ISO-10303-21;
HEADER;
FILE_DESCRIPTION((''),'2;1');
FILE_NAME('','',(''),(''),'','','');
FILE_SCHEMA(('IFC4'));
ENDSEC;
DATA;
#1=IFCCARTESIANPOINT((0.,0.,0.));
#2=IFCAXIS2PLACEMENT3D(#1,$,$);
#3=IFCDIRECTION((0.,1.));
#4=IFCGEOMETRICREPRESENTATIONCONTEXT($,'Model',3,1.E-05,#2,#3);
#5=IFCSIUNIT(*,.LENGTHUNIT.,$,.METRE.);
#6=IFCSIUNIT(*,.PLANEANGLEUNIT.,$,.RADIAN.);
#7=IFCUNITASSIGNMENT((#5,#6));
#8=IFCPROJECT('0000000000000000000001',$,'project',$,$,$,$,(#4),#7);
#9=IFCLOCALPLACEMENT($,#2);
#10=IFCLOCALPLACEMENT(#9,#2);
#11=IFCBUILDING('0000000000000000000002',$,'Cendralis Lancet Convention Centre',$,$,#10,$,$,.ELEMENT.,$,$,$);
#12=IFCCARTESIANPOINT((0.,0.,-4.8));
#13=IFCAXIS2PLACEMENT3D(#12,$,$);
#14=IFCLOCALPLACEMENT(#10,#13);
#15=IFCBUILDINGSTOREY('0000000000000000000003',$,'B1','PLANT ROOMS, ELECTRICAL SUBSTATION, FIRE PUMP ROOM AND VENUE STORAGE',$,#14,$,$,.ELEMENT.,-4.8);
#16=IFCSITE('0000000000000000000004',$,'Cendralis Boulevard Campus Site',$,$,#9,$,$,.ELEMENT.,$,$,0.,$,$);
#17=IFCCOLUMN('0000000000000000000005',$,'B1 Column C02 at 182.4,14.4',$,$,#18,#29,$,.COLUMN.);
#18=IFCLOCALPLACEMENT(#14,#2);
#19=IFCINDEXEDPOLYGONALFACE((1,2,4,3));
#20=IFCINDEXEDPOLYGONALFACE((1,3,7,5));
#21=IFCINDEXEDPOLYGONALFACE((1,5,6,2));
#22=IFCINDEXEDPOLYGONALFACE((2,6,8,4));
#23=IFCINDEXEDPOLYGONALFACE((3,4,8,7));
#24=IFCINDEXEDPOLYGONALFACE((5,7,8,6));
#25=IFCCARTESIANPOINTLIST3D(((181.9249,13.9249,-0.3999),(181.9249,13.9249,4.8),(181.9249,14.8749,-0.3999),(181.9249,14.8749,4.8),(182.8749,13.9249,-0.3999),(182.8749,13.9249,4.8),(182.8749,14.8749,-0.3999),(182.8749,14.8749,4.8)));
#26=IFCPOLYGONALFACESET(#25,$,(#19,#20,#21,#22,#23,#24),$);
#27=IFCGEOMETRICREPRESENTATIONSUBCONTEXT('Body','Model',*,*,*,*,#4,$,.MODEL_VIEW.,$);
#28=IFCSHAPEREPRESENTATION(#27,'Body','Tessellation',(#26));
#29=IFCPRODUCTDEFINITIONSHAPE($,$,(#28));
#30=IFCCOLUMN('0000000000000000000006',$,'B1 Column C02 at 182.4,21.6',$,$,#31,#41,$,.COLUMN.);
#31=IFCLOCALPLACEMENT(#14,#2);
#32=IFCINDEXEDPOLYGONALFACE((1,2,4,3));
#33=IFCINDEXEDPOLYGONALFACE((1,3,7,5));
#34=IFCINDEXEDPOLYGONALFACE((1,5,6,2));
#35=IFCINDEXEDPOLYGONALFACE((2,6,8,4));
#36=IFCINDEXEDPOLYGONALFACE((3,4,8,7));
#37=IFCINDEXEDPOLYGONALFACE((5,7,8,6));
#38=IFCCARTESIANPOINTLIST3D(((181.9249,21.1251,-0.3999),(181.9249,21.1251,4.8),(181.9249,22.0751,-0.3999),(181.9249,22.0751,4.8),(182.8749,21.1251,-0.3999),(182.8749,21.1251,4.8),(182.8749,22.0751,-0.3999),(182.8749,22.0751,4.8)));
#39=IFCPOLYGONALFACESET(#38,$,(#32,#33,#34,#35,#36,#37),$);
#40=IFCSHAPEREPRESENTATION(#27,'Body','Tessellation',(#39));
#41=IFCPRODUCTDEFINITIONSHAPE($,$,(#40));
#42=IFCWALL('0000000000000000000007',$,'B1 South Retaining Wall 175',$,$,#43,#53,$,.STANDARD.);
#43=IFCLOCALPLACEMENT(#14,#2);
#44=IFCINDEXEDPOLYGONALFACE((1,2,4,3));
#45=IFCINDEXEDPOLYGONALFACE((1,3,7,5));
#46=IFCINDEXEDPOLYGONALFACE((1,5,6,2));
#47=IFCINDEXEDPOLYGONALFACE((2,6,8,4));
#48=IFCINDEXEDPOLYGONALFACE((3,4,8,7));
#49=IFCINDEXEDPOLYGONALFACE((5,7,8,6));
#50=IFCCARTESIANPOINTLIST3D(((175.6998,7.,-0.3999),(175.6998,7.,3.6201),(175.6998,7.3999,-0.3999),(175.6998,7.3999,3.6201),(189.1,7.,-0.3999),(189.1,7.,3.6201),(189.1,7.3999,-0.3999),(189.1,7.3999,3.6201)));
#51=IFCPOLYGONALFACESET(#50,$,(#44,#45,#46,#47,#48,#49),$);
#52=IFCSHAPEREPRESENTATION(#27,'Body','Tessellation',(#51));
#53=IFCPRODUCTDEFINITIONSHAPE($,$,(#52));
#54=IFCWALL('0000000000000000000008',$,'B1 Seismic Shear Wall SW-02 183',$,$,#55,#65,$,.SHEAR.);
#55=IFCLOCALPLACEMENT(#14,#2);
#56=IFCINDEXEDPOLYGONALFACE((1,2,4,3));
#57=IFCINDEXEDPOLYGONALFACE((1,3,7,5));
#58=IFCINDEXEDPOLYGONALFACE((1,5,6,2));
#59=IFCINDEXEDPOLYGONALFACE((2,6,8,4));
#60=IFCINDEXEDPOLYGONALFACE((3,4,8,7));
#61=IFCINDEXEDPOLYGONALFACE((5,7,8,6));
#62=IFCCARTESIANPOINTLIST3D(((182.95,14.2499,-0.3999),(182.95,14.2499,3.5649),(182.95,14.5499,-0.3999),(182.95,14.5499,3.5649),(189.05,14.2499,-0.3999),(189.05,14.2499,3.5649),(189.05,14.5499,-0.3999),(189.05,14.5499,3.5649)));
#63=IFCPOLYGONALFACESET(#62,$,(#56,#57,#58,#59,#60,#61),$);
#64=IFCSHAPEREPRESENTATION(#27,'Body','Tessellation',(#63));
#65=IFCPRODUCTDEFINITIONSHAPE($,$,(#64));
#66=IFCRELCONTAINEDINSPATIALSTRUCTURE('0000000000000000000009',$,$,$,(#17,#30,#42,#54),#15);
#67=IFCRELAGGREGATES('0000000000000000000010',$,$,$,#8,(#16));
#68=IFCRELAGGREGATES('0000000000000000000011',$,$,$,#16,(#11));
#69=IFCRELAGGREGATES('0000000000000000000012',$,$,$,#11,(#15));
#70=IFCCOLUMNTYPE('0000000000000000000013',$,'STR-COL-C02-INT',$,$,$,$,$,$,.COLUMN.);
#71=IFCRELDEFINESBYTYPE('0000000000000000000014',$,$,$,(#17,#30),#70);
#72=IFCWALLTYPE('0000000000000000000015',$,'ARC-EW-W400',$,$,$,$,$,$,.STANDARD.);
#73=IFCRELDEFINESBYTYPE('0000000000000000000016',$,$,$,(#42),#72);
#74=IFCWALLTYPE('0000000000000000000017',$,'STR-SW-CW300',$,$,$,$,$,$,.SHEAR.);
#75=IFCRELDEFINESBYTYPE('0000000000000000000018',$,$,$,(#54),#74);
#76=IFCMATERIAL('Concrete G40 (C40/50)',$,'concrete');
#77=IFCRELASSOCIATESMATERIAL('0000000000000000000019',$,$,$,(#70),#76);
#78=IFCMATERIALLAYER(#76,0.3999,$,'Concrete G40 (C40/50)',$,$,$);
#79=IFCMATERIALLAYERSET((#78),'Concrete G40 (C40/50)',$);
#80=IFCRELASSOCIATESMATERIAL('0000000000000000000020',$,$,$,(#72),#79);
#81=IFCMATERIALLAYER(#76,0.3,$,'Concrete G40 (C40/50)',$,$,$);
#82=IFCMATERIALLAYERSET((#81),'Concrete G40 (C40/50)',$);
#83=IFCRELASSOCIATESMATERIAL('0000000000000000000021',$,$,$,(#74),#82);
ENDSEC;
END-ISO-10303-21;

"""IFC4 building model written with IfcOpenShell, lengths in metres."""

from ifc_helpers import new_model, si_unit, direction, frame, frame_2d, origin, origin_2d, place, context, subcontext, project, spatial, rectangle, extrude, material, layer, layer_set, material_profile, profile_set, type_object, element, save


model = new_model("IFC4")

# Units and contexts
model_context = context("Model", 3, precision=1e-05, world=origin(), true_north=direction((0.0, 1.0)))
body_context = subcontext(model_context, "Body", "Model", "MODEL_VIEW")
ifc_project = project(units=[si_unit("LENGTHUNIT", "METRE"), si_unit("PLANEANGLEUNIT", "RADIAN")], contexts=[model_context])

# Site, building, storey
site_placement = place(None, origin())
site = spatial("IfcSite", under=ifc_project, at=site_placement, Name="Cendralis Boulevard Campus Site", CompositionType="ELEMENT", RefElevation=0.0)
building_placement = place(site_placement, origin())
building = spatial("IfcBuilding", under=site, at=building_placement, Name="Cendralis Lancet Convention Centre", CompositionType="ELEMENT")
storey_placement = place(building_placement, frame((0.0, 0.0, -4.8)))
storey = spatial("IfcBuildingStorey", under=building, at=storey_placement, Name="B1", Description="PLANT ROOMS, ELECTRICAL SUBSTATION, FIRE PUMP ROOM AND VENUE STORAGE", CompositionType="ELEMENT", Elevation=-4.8)

# Columns
ifc_material_1 = material(Name="Concrete G40 (C40/50)", Category="concrete")
ifc_material_profile_1 = material_profile(ifc_material_1, rectangle(XDim=0.95, YDim=0.95, at=origin_2d()), Name="RC 950x950")
ifc_profile_set_1 = profile_set([ifc_material_profile_1], Name="Concrete G40 (C40/50)")
column_type_1 = type_object("IfcColumnType", Name="STR-COL-C02-INT", PredefinedType="COLUMN", material=ifc_profile_set_1)
for number, where, z_axis, x_axis, name in (
    (1, (182.3999, 14.3999, -0.3999), (0.0, 0.0, 1.0), (1.0, 0.0, 0.0), "B1 Column C02 at 182.4,14.4"),
    (2, (182.3999, 21.6001, -0.3999), (0.0, 0.0, 1.0), (1.0, 0.0, 0.0), "B1 Column C02 at 182.4,21.6"),
):
    element("IfcColumn", number, at=place(storey_placement, frame(where, z_axis=z_axis, x_axis=x_axis)), inside=storey, type_object=column_type_1, Name=name, PredefinedType="COLUMN", context=body_context, shape_type="SweptSolid", body=[
        extrude(rectangle(XDim=0.95, YDim=0.95, at=origin_2d()), origin(), (0.0, 0.0, 1.0), 5.2),
    ])

# Walls
ifc_layer_1 = layer(ifc_material_1, 0.3999, Name="Concrete G40 (C40/50)")
ifc_layer_set_1 = layer_set([ifc_layer_1], Name="Concrete G40 (C40/50)")
wall_type_1 = type_object("IfcWallType", Name="ARC-EW-W400", PredefinedType="STANDARD", material=ifc_layer_set_1)
wall_1_placement = place(storey_placement, frame((189.1001, 7.2, -0.3999), z_axis=(0.0, 0.0, 1.0), x_axis=(-1.0, 0.0, 0.0)))
element("IfcWall", 3, at=wall_1_placement, inside=storey, type_object=wall_type_1, Name="B1 South Retaining Wall 175", PredefinedType="STANDARD", context=body_context, shape_type="SweptSolid", body=[
    extrude(rectangle(XDim=13.4001, YDim=0.3999, at=frame_2d((6.7002, 0.0))), origin(), (0.0, 0.0, 1.0), 4.02),
])
ifc_layer_2 = layer(ifc_material_1, 0.3, Name="Concrete G40 (C40/50)")
ifc_layer_set_2 = layer_set([ifc_layer_2], Name="Concrete G40 (C40/50)")
wall_type_2 = type_object("IfcWallType", Name="STR-SW-CW300", PredefinedType="SHEAR", material=ifc_layer_set_2)
wall_2_placement = place(storey_placement, frame((182.95, 14.3999, -0.3999), z_axis=(0.0, 0.0, 1.0), x_axis=(1.0, 0.0, 0.0)))
element("IfcWall", 4, at=wall_2_placement, inside=storey, type_object=wall_type_2, Name="B1 Seismic Shear Wall SW-02 183", PredefinedType="SHEAR", context=body_context, shape_type="SweptSolid", body=[
    extrude(rectangle(XDim=6.1001, YDim=0.3, at=frame_2d((3.05, 0.0))), origin(), (0.0, 0.0, 1.0), 3.9648),
])

save(model, "model.ifc")
